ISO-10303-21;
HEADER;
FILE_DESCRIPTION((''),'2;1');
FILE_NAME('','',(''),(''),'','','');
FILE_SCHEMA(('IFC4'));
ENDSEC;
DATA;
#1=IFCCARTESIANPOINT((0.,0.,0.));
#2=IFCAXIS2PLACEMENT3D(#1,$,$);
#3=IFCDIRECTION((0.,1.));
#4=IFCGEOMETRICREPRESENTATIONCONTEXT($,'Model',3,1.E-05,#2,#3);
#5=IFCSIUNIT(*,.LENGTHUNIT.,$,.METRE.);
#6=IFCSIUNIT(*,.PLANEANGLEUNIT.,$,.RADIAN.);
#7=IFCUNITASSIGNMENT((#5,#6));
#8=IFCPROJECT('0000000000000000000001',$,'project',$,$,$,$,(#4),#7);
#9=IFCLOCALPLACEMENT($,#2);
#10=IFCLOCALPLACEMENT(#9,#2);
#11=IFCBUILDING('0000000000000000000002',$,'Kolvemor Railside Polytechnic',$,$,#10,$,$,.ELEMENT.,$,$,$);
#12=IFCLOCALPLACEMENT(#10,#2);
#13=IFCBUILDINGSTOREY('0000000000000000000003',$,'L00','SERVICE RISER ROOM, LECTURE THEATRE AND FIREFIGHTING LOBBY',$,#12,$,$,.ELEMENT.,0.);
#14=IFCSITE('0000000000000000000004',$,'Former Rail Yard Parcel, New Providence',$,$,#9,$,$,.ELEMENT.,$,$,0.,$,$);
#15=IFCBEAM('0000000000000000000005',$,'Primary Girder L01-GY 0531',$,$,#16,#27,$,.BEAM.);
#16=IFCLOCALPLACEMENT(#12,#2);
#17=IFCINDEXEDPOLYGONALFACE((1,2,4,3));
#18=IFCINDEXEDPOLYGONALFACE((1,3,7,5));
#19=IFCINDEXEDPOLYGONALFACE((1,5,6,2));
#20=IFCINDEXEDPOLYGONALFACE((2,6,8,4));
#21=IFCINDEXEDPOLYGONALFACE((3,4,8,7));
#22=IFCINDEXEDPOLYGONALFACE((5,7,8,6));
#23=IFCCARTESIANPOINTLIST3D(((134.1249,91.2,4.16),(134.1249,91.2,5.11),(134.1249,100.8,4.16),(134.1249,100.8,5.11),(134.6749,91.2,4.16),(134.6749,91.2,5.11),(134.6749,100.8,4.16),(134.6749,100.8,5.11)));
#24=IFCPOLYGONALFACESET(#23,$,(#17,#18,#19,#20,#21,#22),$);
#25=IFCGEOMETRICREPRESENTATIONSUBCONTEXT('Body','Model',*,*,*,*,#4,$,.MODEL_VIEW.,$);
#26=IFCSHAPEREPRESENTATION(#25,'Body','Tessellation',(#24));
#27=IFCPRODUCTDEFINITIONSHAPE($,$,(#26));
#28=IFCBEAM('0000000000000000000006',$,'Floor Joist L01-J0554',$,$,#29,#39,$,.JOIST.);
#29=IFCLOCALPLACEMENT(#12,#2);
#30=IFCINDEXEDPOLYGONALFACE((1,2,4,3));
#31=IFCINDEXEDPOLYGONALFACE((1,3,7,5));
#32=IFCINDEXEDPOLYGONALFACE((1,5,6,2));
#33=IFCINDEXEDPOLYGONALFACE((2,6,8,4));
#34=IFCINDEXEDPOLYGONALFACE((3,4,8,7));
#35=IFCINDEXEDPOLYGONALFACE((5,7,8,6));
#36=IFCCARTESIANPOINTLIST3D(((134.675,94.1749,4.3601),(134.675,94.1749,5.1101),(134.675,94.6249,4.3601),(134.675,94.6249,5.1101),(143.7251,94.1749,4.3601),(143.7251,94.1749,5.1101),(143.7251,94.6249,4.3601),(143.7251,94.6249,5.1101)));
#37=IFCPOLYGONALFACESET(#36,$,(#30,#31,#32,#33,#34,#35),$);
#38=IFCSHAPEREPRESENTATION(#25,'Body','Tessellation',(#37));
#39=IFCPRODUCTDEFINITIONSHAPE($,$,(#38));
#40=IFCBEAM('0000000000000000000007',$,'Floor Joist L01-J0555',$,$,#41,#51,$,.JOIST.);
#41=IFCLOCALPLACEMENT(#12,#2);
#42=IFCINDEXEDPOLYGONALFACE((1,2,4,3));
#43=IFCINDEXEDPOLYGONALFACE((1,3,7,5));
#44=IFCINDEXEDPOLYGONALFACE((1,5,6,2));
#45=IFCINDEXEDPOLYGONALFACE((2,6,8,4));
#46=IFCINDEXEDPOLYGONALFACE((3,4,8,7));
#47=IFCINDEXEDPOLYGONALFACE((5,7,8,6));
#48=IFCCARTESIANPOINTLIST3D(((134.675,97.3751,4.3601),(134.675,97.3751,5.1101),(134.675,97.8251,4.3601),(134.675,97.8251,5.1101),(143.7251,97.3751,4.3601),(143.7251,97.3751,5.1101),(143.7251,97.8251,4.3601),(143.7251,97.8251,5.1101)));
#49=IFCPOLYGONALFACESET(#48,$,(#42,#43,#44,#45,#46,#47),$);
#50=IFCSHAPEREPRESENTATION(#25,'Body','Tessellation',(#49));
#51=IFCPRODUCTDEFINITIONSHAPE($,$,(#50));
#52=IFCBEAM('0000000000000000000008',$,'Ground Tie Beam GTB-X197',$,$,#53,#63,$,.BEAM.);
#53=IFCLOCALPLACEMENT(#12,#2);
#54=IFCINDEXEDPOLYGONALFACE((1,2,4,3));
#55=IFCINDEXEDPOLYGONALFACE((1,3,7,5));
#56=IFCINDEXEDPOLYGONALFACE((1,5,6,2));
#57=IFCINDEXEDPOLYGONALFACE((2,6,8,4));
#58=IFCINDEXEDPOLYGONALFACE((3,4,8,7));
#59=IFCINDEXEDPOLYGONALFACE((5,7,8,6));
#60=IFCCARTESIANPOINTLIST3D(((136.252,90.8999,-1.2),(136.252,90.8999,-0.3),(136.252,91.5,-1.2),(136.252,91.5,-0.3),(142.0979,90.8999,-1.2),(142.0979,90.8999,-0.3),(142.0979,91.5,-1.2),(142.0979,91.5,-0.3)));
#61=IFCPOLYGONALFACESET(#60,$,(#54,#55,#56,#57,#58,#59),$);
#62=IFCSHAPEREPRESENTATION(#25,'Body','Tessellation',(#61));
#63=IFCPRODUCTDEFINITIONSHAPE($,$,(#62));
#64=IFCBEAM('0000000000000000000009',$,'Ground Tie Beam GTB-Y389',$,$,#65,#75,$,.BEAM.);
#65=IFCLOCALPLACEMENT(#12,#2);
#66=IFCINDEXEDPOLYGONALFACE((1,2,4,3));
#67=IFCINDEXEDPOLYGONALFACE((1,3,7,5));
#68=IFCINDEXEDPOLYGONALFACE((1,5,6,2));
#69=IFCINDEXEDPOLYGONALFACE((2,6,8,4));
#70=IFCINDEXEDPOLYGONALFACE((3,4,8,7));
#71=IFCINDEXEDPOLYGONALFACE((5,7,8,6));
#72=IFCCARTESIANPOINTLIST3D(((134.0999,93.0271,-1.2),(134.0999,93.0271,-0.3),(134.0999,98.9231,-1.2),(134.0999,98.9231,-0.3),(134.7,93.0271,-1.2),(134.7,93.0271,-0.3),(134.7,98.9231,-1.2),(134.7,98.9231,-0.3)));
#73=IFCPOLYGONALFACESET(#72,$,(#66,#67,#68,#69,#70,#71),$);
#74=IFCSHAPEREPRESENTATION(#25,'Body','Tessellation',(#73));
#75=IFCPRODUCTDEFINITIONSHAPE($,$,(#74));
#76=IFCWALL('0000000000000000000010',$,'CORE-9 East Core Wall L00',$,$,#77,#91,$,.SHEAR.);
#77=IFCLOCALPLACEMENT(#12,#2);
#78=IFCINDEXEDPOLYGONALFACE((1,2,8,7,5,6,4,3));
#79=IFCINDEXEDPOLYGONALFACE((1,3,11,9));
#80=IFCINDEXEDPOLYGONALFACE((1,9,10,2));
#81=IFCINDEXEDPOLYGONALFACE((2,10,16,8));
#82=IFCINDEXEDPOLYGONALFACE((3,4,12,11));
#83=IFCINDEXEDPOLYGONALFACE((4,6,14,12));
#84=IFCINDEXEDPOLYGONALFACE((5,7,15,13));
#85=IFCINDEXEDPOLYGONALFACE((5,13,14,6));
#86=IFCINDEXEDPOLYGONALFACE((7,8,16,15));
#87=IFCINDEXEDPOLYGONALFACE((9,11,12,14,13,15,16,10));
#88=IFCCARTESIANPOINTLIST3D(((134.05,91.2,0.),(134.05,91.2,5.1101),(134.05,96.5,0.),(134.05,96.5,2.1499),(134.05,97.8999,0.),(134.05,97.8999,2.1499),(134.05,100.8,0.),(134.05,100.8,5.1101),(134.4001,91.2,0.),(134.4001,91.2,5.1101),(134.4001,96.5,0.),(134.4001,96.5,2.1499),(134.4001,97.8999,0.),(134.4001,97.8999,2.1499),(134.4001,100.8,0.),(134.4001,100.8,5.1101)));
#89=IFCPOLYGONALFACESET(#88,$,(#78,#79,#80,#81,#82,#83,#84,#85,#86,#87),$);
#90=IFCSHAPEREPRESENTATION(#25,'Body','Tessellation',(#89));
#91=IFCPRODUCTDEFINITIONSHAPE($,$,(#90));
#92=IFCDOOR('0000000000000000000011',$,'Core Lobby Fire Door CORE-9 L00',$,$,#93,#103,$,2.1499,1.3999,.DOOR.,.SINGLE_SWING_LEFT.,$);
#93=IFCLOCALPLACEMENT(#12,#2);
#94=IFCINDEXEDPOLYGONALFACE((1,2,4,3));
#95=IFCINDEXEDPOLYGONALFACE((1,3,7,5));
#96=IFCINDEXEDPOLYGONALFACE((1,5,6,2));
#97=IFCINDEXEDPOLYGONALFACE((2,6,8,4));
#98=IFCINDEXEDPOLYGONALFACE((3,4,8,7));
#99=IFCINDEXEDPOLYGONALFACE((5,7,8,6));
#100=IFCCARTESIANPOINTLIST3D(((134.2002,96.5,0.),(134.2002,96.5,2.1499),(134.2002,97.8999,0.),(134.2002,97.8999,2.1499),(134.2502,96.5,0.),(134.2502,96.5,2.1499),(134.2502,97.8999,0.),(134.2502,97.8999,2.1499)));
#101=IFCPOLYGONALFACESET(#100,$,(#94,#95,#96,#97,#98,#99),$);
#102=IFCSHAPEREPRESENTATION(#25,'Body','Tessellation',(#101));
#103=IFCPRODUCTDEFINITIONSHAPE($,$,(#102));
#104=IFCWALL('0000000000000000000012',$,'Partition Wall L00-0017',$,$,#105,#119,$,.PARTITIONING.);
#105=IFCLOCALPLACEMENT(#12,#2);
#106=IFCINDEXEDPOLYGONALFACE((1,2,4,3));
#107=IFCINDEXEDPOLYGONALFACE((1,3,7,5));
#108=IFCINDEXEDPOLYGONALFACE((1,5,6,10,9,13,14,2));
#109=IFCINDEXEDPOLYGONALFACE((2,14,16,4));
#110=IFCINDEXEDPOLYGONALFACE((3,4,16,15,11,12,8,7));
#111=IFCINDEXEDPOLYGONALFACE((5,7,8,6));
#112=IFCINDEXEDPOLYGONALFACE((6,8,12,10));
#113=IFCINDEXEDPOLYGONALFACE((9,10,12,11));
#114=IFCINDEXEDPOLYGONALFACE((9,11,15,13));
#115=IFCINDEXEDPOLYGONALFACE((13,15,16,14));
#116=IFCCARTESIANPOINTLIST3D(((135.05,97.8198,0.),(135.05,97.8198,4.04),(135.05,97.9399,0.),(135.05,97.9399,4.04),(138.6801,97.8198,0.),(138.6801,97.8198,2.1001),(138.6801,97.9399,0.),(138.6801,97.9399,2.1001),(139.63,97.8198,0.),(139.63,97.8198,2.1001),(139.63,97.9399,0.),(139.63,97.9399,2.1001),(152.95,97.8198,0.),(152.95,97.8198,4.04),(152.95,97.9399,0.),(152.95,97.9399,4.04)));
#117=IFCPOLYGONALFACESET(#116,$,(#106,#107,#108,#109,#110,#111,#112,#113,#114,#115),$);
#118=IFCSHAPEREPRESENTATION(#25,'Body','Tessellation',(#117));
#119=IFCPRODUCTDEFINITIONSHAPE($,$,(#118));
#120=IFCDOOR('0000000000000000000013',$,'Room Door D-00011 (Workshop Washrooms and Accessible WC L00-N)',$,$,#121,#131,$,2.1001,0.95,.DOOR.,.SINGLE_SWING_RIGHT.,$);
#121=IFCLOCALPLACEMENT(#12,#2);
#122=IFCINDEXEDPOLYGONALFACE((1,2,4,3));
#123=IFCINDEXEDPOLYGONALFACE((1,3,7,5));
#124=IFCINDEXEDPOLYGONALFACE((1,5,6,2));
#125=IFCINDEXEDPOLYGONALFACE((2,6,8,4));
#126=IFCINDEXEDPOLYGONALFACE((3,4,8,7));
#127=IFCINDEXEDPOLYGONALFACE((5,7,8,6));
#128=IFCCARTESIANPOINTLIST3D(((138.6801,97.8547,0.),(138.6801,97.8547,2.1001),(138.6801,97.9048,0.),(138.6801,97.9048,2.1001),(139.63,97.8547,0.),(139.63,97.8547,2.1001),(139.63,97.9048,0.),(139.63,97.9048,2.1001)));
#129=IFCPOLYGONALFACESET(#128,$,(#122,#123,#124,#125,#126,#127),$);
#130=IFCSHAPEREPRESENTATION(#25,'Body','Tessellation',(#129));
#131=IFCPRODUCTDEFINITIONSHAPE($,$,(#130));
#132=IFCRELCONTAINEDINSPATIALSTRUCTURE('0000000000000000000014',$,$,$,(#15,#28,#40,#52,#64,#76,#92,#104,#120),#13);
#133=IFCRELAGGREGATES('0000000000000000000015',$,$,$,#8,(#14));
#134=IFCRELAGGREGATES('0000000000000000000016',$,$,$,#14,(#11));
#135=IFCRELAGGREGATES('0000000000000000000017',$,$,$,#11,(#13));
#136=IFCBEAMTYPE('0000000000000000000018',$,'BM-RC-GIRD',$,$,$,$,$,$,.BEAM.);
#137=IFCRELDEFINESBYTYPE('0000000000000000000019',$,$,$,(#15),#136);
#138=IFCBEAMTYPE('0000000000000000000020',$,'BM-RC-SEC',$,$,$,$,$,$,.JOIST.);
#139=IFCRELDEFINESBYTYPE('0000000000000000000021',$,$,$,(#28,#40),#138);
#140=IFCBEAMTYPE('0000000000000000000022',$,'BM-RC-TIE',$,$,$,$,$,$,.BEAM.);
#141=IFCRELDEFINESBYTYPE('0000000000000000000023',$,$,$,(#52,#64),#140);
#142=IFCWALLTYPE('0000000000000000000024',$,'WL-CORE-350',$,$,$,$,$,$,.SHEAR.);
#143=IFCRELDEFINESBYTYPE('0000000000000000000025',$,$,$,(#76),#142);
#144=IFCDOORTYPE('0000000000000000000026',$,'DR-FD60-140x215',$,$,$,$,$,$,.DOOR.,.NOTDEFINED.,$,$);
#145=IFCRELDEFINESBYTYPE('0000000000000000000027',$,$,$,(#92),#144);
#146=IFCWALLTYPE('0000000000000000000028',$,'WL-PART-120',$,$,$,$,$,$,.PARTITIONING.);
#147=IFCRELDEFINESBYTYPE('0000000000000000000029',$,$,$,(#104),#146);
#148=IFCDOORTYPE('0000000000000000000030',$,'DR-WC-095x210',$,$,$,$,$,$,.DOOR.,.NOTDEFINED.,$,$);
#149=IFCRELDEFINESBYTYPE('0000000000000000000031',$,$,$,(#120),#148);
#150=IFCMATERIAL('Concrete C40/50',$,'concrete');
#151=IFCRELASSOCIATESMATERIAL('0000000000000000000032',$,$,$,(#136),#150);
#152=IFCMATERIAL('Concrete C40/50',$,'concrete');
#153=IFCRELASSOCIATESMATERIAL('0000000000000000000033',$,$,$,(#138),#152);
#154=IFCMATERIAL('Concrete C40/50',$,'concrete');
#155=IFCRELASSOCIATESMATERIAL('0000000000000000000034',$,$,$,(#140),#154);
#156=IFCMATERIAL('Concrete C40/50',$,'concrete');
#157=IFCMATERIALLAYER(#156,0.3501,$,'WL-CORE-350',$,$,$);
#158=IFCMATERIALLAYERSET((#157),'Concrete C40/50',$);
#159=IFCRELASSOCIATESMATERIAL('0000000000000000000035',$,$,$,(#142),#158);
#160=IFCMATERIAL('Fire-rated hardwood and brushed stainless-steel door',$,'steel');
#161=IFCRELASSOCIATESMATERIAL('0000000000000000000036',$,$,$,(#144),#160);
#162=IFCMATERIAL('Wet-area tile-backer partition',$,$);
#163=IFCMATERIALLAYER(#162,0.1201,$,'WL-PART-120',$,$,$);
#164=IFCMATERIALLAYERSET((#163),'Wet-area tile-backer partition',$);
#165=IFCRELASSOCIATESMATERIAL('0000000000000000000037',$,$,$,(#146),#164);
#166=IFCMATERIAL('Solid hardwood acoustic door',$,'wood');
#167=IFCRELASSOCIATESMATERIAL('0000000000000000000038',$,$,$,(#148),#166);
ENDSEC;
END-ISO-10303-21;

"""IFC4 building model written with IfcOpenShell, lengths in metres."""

from ifc_helpers import new_model, si_unit, direction, frame, frame_2d, origin, origin_2d, place, context, subcontext, project, spatial, rectangle, extrude, material, layer, layer_set, material_profile, profile_set, type_object, element, fill, save


model = new_model("IFC4")

# Units and contexts
model_context = context("Model", 3, precision=1e-05, world=origin(), true_north=direction((0.0, 1.0)))
body_context = subcontext(model_context, "Body", "Model", "MODEL_VIEW")
ifc_project = project(units=[si_unit("LENGTHUNIT", "METRE"), si_unit("PLANEANGLEUNIT", "RADIAN")], contexts=[model_context])

# Site, building, storey
site_placement = place(None, origin())
site = spatial("IfcSite", under=ifc_project, at=site_placement, Name="Former Rail Yard Parcel, New Providence", CompositionType="ELEMENT", RefElevation=0.0)
building_placement = place(site_placement, origin())
building = spatial("IfcBuilding", under=site, at=building_placement, Name="Kolvemor Railside Polytechnic", CompositionType="ELEMENT")
storey_placement = place(building_placement, origin())
storey = spatial("IfcBuildingStorey", under=building, at=storey_placement, Name="L00", Description="SERVICE RISER ROOM, LECTURE THEATRE AND FIREFIGHTING LOBBY", CompositionType="ELEMENT", Elevation=0.0)

# Beams
ifc_material_1 = material(Name="Concrete C40/50", Category="concrete")
ifc_material_profile_1 = material_profile(ifc_material_1, rectangle(XDim=0.55, YDim=0.95, at=origin_2d()), Name="RC550x950")
ifc_profile_set_1 = profile_set([ifc_material_profile_1], Name="Concrete C40/50")
beam_type_1 = type_object("IfcBeamType", Name="BM-RC-GIRD", PredefinedType="BEAM", material=ifc_profile_set_1)
for number, where, z_axis, x_axis, name in (
    (1, (134.3999, 91.2, 4.635), (0.0, 1.0, 0.0), (-1.0, 0.0, 0.0), "Primary Girder L01-GY 0531"),
):
    element("IfcBeam", number, at=place(storey_placement, frame(where, z_axis=z_axis, x_axis=x_axis)), inside=storey, type_object=beam_type_1, Name=name, PredefinedType="BEAM", context=body_context, shape_type="SweptSolid", body=[
        extrude(rectangle(XDim=0.55, YDim=0.95, at=origin_2d()), origin(), (0.0, 0.0, 1.0), 9.6001),
    ])
ifc_material_2 = material(Name="Concrete C40/50", Category="concrete")
ifc_material_profile_2 = material_profile(ifc_material_2, rectangle(XDim=0.45, YDim=0.75, at=origin_2d()), Name="RC450x750")
ifc_profile_set_2 = profile_set([ifc_material_profile_2], Name="Concrete C40/50")
beam_type_2 = type_object("IfcBeamType", Name="BM-RC-SEC", PredefinedType="JOIST", material=ifc_profile_set_2)
for number, where, z_axis, x_axis, name in (
    (2, (134.675, 94.3999, 4.7351), (1.0, 0.0, 0.0), (0.0, 1.0, 0.0), "Floor Joist L01-J0554"),
    (3, (134.675, 97.6001, 4.7351), (1.0, 0.0, 0.0), (0.0, 1.0, 0.0), "Floor Joist L01-J0555"),
):
    element("IfcBeam", number, at=place(storey_placement, frame(where, z_axis=z_axis, x_axis=x_axis)), inside=storey, type_object=beam_type_2, Name=name, PredefinedType="JOIST", context=body_context, shape_type="SweptSolid", body=[
        extrude(rectangle(XDim=0.45, YDim=0.75, at=origin_2d()), origin(), (0.0, 0.0, 1.0), 9.05),
    ])
ifc_material_3 = material(Name="Concrete C40/50", Category="concrete")
ifc_material_profile_3 = material_profile(ifc_material_3, rectangle(XDim=0.6001, YDim=0.8999, at=origin_2d()), Name="RC600x900")
ifc_profile_set_3 = profile_set([ifc_material_profile_3], Name="Concrete C40/50")
beam_type_3 = type_object("IfcBeamType", Name="BM-RC-TIE", PredefinedType="BEAM", material=ifc_profile_set_3)
beam_1_placement = place(storey_placement, frame((136.252, 91.2, -0.75), z_axis=(1.0, 0.0, 0.0), x_axis=(0.0, 1.0, 0.0)))
element("IfcBeam", 4, at=beam_1_placement, inside=storey, type_object=beam_type_3, Name="Ground Tie Beam GTB-X197", PredefinedType="BEAM", context=body_context, shape_type="SweptSolid", body=[
    extrude(rectangle(XDim=0.6001, YDim=0.8999, at=origin_2d()), origin(), (0.0, 0.0, 1.0), 5.8459),
])
beam_2_placement = place(storey_placement, frame((134.3999, 93.0271, -0.75), z_axis=(0.0, 1.0, 0.0), x_axis=(-1.0, 0.0, 0.0)))
element("IfcBeam", 5, at=beam_2_placement, inside=storey, type_object=beam_type_3, Name="Ground Tie Beam GTB-Y389", PredefinedType="BEAM", context=body_context, shape_type="SweptSolid", body=[
    extrude(rectangle(XDim=0.6001, YDim=0.8999, at=origin_2d()), origin(), (0.0, 0.0, 1.0), 5.896),
])

# Walls, openings, doors
ifc_material_4 = material(Name="Concrete C40/50", Category="concrete")
ifc_layer_1 = layer(ifc_material_4, 0.3501, Name="WL-CORE-350")
ifc_layer_set_1 = layer_set([ifc_layer_1], Name="Concrete C40/50")
wall_type_1 = type_object("IfcWallType", Name="WL-CORE-350", PredefinedType="SHEAR", material=ifc_layer_set_1)
wall_1_placement = place(storey_placement, frame((134.2251, 91.2, 0.0), z_axis=(0.0, 0.0, 1.0), x_axis=(0.0, 1.0, 0.0)))
wall_1 = element("IfcWall", 6, at=wall_1_placement, inside=storey, type_object=wall_type_1, Name="CORE-9 East Core Wall L00", PredefinedType="SHEAR", context=body_context, shape_type="SweptSolid", body=[
    extrude(rectangle(XDim=9.6001, YDim=0.3501, at=frame_2d((4.8, 0.0))), origin(), (0.0, 0.0, 1.0), 5.1101),
])
opening_1_placement = place(wall_1_placement, frame((5.3, 0.0, 0.0)))
opening_1 = element("IfcOpeningElement", 7, at=opening_1_placement, cuts=wall_1, PredefinedType="OPENING", context=body_context, shape_type="SweptSolid", body=[
    extrude(rectangle(XDim=1.3999, YDim=2.1499, at=frame_2d((0.7, 1.075))), frame((0.0, 0.1851, 0.0), z_axis=(0.0, -1.0, 0.0), x_axis=(1.0, 0.0, 0.0)), (0.0, 0.0, 1.0), 0.3701),
])
ifc_material_5 = material(Name="Fire-rated hardwood and brushed stainless-steel door", Category="steel")
door_type_1 = type_object("IfcDoorType", Name="DR-FD60-140x215", OperationType="NOTDEFINED", PredefinedType="DOOR", material=ifc_material_5)
door_1_placement = place(opening_1_placement, origin())
door_1 = element("IfcDoor", 8, at=door_1_placement, inside=storey, type_object=door_type_1, Name="Core Lobby Fire Door CORE-9 L00", OperationType="SINGLE_SWING_LEFT", OverallHeight=2.1499, OverallWidth=1.3999, PredefinedType="DOOR", context=body_context, shape_type="SweptSolid", body=[
    extrude(rectangle(XDim=1.3999, YDim=2.1499, at=frame_2d((0.7, 1.075))), frame((0.0, 0.0249, 0.0), z_axis=(0.0, -1.0, 0.0), x_axis=(1.0, 0.0, 0.0)), (0.0, 0.0, 1.0), 0.05),
])
fill(opening_1, door_1)
ifc_material_6 = material(Name="Wet-area tile-backer partition")
ifc_layer_2 = layer(ifc_material_6, 0.1201, Name="WL-PART-120")
ifc_layer_set_2 = layer_set([ifc_layer_2], Name="Wet-area tile-backer partition")
wall_type_2 = type_object("IfcWallType", Name="WL-PART-120", PredefinedType="PARTITIONING", material=ifc_layer_set_2)
wall_2_placement = place(storey_placement, frame((135.05, 97.8799, 0.0), z_axis=(0.0, 0.0, 1.0), x_axis=(1.0, 0.0, 0.0)))
wall_2 = element("IfcWall", 9, at=wall_2_placement, inside=storey, type_object=wall_type_2, Name="Partition Wall L00-0017", PredefinedType="PARTITIONING", context=body_context, shape_type="SweptSolid", body=[
    extrude(rectangle(XDim=17.8999, YDim=0.1201, at=frame_2d((8.95, 0.0))), origin(), (0.0, 0.0, 1.0), 4.04),
])
opening_2_placement = place(wall_2_placement, frame((3.6299, 0.0, 0.0)))
opening_2 = element("IfcOpeningElement", 10, at=opening_2_placement, cuts=wall_2, PredefinedType="OPENING", context=body_context, shape_type="SweptSolid", body=[
    extrude(rectangle(XDim=0.95, YDim=2.1001, at=frame_2d((0.4751, 1.05))), frame((0.0, 0.0701, 0.0), z_axis=(0.0, -1.0, 0.0), x_axis=(1.0, 0.0, 0.0)), (0.0, 0.0, 1.0), 0.1401),
])
ifc_material_7 = material(Name="Solid hardwood acoustic door", Category="wood")
door_type_2 = type_object("IfcDoorType", Name="DR-WC-095x210", OperationType="NOTDEFINED", PredefinedType="DOOR", material=ifc_material_7)
door_2_placement = place(opening_2_placement, origin())
door_2 = element("IfcDoor", 11, at=door_2_placement, inside=storey, type_object=door_type_2, Name="Room Door D-00011 (Workshop Washrooms and Accessible WC L00-N)", OperationType="SINGLE_SWING_RIGHT", OverallHeight=2.1001, OverallWidth=0.95, PredefinedType="DOOR", context=body_context, shape_type="SweptSolid", body=[
    extrude(rectangle(XDim=0.95, YDim=2.1001, at=frame_2d((0.4751, 1.05))), frame((0.0, 0.0249, 0.0), z_axis=(0.0, -1.0, 0.0), x_axis=(1.0, 0.0, 0.0)), (0.0, 0.0, 1.0), 0.05),
])
fill(opening_2, door_2)

save(model, "model.ifc")
